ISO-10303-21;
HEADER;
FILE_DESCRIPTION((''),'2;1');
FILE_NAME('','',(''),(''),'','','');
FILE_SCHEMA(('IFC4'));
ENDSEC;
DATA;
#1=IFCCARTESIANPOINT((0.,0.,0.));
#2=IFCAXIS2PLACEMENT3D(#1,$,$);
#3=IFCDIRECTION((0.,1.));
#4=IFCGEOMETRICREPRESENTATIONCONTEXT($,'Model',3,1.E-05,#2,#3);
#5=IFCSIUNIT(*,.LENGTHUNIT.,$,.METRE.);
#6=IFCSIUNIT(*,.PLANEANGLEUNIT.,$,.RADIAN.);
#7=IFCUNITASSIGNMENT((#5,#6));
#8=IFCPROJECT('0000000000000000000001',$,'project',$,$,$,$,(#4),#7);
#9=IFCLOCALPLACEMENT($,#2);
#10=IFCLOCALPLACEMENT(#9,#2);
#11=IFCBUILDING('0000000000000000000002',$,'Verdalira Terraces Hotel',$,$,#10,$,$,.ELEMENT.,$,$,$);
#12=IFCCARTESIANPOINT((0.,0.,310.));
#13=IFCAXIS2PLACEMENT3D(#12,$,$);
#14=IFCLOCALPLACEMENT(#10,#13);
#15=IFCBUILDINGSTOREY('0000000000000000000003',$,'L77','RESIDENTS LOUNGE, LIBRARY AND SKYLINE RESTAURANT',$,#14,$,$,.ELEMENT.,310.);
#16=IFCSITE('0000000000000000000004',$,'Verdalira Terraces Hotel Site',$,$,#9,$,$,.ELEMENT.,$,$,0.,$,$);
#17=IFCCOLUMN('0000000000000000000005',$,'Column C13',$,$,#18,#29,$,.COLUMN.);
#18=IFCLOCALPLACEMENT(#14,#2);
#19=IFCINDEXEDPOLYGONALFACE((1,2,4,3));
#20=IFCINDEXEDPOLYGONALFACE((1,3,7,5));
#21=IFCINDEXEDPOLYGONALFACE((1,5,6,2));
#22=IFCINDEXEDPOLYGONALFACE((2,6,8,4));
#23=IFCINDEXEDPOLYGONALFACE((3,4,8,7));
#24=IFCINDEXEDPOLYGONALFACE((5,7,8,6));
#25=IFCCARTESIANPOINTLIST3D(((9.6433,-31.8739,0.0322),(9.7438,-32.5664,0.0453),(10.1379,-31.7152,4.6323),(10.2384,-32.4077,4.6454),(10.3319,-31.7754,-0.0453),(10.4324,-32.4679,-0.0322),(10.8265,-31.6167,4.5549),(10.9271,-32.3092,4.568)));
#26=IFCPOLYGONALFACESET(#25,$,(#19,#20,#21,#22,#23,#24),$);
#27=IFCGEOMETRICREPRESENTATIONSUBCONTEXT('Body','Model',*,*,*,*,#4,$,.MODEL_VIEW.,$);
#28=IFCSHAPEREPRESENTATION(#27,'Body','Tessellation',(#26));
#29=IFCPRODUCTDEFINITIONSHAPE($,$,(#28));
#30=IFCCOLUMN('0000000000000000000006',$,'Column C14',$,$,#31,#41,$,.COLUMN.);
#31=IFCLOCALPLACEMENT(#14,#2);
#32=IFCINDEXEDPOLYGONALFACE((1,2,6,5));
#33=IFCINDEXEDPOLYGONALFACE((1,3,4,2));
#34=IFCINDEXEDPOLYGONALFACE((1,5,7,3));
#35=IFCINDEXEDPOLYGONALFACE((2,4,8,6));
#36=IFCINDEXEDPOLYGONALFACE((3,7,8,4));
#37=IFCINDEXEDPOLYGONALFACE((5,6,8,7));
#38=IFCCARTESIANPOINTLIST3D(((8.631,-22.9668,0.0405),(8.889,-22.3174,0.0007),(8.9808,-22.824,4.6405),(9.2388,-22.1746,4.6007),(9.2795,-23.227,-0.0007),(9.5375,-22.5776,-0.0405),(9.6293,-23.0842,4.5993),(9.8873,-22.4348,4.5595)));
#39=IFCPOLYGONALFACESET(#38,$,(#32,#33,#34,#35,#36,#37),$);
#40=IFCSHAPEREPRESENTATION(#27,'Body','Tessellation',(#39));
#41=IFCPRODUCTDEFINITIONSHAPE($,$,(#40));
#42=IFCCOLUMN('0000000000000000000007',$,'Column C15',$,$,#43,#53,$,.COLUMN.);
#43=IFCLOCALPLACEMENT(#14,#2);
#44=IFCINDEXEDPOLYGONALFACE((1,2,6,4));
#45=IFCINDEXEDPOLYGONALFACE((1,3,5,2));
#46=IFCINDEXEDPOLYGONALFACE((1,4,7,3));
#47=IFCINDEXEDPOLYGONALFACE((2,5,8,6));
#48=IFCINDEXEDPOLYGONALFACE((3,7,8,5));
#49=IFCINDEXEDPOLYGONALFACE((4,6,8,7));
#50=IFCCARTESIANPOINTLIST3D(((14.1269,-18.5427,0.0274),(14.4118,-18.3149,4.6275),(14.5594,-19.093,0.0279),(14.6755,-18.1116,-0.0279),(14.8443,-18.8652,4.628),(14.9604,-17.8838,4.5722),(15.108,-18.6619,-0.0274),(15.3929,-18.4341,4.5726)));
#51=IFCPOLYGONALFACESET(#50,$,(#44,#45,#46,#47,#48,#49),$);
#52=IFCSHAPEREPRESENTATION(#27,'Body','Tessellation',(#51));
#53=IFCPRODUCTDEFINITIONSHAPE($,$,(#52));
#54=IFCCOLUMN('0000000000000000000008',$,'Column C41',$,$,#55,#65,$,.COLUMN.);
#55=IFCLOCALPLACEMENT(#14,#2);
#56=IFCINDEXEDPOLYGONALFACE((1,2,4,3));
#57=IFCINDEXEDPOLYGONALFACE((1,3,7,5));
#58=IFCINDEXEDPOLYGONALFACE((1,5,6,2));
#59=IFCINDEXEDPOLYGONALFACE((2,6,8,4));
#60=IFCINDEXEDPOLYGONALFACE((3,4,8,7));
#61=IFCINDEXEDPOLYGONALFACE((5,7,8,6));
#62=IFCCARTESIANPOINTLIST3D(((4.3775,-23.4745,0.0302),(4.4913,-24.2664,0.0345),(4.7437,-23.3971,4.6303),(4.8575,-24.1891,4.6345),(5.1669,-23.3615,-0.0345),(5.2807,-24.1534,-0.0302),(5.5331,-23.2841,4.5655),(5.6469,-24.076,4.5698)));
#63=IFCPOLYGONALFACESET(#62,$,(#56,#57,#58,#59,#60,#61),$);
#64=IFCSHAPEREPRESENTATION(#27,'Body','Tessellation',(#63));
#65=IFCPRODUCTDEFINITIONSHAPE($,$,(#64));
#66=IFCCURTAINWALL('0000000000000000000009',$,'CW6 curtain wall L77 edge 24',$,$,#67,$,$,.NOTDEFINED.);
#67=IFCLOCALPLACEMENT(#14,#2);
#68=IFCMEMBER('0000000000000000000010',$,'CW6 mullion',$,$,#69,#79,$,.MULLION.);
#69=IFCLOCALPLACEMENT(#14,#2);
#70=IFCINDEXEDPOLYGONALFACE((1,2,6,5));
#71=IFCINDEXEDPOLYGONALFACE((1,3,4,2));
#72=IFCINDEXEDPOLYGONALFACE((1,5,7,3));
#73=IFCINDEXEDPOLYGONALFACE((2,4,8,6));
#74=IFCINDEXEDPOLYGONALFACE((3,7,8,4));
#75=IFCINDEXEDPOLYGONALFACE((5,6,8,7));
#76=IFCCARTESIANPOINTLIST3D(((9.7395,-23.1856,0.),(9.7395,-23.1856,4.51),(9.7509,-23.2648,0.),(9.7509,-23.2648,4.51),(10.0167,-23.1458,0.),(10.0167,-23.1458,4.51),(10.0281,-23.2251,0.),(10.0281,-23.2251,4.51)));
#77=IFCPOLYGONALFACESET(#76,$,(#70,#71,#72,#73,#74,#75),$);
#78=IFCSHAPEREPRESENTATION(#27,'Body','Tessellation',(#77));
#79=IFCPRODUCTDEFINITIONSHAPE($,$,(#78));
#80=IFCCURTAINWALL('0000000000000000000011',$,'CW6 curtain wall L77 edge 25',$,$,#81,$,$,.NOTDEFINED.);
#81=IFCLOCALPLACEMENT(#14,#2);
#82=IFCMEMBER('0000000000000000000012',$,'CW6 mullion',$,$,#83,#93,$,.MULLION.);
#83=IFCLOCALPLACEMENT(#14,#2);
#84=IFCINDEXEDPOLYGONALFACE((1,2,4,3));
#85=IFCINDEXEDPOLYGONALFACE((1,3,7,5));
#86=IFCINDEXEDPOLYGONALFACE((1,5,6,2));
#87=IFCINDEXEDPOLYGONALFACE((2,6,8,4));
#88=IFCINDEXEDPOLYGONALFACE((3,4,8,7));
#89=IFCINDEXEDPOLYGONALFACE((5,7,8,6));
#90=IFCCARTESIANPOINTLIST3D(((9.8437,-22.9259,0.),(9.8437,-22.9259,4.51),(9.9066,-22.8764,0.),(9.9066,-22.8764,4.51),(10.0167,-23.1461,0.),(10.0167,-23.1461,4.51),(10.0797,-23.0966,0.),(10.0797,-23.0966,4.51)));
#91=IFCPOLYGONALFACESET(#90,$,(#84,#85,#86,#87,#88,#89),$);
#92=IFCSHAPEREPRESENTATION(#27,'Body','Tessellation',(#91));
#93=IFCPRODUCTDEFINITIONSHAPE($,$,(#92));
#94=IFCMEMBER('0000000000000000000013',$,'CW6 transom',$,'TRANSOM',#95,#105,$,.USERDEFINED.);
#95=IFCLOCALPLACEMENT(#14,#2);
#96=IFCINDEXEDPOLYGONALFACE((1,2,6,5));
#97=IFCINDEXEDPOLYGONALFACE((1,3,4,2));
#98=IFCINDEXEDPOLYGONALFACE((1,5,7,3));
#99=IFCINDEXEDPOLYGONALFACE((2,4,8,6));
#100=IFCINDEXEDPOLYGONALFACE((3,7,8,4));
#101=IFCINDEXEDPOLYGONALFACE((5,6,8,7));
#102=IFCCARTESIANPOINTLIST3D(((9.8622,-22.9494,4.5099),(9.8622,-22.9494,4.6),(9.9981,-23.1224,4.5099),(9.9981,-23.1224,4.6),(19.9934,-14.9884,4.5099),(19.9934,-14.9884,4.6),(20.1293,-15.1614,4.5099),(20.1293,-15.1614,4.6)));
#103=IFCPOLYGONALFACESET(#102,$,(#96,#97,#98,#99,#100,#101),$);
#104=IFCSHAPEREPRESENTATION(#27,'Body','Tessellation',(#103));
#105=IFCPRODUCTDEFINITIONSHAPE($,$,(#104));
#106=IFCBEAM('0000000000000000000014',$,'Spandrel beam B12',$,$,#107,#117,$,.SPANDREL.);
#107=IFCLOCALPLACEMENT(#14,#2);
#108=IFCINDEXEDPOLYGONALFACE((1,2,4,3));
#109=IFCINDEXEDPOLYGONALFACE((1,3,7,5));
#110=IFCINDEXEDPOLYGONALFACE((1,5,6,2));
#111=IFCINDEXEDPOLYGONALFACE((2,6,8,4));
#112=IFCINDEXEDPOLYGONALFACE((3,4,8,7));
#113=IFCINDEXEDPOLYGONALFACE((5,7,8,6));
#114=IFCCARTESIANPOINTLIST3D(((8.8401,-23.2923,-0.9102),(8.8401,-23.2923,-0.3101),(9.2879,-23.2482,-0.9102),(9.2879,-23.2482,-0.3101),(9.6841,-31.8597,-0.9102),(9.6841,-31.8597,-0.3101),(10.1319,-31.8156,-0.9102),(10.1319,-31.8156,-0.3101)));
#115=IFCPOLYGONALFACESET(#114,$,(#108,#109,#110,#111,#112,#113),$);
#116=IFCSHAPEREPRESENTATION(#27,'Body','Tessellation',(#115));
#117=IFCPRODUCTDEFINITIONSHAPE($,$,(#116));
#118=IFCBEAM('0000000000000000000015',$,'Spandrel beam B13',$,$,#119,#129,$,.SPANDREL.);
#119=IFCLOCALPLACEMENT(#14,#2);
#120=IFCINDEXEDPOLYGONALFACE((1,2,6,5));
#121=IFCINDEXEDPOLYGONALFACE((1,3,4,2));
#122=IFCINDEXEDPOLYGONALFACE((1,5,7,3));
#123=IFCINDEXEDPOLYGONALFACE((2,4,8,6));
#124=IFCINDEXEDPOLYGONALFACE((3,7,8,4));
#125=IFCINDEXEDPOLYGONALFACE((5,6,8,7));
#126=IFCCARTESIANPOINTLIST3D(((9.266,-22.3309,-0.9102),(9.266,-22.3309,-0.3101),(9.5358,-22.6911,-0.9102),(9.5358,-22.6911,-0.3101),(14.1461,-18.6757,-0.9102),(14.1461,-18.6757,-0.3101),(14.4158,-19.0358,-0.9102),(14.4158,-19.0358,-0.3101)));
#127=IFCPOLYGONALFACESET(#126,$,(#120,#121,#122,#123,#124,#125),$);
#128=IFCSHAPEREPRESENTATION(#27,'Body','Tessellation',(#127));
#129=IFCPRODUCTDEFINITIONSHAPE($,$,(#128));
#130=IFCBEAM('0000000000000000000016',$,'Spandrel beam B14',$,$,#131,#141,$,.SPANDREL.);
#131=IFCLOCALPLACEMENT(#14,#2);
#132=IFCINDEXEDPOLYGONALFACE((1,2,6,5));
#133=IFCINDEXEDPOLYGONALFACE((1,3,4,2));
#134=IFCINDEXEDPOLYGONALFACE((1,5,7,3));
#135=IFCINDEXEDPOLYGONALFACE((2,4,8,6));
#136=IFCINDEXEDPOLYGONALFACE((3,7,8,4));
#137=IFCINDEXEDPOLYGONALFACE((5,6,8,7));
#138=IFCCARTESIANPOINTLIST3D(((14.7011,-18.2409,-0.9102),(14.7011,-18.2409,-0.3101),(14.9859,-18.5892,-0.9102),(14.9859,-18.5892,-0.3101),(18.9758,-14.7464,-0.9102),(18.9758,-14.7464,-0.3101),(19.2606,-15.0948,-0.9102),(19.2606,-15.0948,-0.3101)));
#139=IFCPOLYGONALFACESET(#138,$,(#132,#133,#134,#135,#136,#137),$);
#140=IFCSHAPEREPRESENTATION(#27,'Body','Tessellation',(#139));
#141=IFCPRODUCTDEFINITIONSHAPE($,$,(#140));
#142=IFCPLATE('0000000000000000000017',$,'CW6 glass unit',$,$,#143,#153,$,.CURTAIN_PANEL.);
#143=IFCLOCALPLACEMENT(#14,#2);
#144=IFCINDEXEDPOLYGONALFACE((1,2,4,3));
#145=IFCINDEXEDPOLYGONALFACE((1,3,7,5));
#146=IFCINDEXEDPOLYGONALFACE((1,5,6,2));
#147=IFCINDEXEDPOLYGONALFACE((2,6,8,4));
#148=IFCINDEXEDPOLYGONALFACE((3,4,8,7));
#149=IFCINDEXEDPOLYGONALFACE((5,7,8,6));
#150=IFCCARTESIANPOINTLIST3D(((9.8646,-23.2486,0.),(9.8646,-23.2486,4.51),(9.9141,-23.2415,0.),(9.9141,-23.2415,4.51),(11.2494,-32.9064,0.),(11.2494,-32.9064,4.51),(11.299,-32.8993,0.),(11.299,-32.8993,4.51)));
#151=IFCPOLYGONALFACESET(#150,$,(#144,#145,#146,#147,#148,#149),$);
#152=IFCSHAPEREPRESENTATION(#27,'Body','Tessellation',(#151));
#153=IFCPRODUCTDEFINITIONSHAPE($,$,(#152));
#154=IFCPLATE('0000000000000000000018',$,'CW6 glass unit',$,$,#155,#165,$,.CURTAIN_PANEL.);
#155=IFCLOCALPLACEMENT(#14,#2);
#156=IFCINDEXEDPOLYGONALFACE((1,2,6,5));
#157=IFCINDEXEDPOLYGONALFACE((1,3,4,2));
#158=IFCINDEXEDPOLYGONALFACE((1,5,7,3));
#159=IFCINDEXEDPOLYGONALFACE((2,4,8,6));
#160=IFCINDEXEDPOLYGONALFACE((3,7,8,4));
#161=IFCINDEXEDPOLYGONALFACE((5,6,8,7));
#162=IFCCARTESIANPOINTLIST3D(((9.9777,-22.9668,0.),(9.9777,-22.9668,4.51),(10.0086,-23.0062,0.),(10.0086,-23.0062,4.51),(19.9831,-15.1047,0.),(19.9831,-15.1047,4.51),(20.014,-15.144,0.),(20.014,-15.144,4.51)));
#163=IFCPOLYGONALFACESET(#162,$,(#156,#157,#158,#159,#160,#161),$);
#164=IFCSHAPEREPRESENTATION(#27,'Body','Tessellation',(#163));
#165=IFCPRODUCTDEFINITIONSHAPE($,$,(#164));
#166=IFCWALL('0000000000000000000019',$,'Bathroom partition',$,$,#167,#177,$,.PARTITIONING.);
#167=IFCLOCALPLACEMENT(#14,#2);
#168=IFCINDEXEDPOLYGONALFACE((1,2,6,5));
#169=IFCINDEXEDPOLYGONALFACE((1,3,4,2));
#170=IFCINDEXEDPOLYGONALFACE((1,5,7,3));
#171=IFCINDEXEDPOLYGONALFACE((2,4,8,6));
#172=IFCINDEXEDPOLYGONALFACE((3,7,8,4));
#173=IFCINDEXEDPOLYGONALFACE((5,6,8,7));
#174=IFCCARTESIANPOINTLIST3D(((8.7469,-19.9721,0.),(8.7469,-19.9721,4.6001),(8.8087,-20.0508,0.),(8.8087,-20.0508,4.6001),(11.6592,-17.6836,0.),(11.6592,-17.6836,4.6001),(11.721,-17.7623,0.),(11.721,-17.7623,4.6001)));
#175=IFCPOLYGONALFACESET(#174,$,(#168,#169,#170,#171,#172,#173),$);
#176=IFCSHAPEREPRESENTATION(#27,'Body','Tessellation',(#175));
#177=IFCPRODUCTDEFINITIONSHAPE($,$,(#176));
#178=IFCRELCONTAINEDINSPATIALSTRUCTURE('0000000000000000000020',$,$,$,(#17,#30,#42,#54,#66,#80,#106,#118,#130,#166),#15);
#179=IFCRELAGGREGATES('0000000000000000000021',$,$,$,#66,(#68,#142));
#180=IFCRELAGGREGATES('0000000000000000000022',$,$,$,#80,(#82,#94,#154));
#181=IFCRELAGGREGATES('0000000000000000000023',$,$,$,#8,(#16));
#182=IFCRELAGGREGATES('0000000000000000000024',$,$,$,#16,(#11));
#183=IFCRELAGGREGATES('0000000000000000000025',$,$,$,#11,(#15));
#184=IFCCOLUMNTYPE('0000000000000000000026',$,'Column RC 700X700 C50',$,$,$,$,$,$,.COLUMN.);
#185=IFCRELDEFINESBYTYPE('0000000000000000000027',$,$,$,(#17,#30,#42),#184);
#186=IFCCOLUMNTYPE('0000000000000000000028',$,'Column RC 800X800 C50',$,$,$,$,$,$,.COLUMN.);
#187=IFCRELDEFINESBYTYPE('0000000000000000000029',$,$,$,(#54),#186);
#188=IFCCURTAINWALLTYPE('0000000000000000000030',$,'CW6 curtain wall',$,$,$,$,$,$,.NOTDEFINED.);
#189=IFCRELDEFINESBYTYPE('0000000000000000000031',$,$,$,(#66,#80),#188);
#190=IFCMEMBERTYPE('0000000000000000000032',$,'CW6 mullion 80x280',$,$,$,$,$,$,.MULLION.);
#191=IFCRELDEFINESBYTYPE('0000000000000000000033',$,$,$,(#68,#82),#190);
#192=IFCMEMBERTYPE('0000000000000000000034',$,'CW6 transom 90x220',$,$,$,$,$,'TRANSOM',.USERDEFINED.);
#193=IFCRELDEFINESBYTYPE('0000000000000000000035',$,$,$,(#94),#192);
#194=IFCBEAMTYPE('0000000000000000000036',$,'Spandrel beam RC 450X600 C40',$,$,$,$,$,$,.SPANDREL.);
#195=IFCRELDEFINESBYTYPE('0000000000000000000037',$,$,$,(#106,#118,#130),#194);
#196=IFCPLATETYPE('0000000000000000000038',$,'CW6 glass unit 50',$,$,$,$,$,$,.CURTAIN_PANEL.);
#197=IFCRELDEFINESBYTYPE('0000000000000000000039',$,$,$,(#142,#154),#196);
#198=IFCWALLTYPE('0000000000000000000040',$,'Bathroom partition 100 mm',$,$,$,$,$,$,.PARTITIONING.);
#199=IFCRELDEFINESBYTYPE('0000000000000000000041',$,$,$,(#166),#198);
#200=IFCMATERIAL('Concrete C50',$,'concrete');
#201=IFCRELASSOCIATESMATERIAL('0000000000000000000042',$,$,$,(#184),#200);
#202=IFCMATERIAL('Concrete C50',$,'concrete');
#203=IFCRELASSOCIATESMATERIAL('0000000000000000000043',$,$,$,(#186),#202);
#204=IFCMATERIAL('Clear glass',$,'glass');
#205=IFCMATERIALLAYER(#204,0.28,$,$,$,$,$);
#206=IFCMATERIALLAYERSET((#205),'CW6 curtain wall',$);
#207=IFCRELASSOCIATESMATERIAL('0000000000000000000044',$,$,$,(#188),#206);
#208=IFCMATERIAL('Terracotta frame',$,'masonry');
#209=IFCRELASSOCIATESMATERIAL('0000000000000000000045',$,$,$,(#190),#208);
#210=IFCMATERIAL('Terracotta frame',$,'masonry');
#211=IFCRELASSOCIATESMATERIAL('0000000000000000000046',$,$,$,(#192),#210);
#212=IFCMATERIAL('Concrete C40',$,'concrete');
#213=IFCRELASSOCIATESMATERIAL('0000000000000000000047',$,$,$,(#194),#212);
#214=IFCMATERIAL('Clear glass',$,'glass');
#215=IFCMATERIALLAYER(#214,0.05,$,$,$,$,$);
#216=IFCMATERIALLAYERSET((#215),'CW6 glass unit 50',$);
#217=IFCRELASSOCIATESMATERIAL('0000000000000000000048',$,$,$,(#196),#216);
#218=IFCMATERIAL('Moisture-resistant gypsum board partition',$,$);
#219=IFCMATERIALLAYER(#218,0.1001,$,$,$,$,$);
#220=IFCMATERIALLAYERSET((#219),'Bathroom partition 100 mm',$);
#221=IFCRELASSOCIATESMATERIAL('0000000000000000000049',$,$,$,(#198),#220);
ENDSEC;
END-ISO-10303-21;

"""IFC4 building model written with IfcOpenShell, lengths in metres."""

from ifc_helpers import new_model, si_unit, direction, frame, frame_2d, origin, origin_2d, place, context, subcontext, project, spatial, rectangle, extrude, material, layer, layer_set, material_profile, profile_set, type_object, element, aggregate, save


model = new_model("IFC4")

# Units and contexts
model_context = context("Model", 3, precision=1e-05, world=origin(), true_north=direction((0.0, 1.0)))
body_context = subcontext(model_context, "Body", "Model", "MODEL_VIEW")
ifc_project = project(units=[si_unit("LENGTHUNIT", "METRE"), si_unit("PLANEANGLEUNIT", "RADIAN")], contexts=[model_context])

# Site, building, storey
site_placement = place(None, origin())
site = spatial("IfcSite", under=ifc_project, at=site_placement, Name="Verdalira Terraces Hotel Site", CompositionType="ELEMENT", RefElevation=0.0)
building_placement = place(site_placement, origin())
building = spatial("IfcBuilding", under=site, at=building_placement, Name="Verdalira Terraces Hotel", CompositionType="ELEMENT")
storey_placement = place(building_placement, frame((0.0, 0.0, 310.0)))
storey = spatial("IfcBuildingStorey", under=building, at=storey_placement, Name="L77", Description="RESIDENTS LOUNGE, LIBRARY AND SKYLINE RESTAURANT", CompositionType="ELEMENT", Elevation=310.0)

# Columns
ifc_material_1 = material(Name="Concrete C50", Category="concrete")
ifc_material_profile_1 = material_profile(ifc_material_1, rectangle(XDim=0.7, YDim=0.7, at=origin_2d()), Name="RC 700X700")
ifc_profile_set_1 = profile_set([ifc_material_profile_1], Name="Concrete C50")
column_type_1 = type_object("IfcColumnType", Name="Column RC 700X700 C50", PredefinedType="COLUMN", material=ifc_profile_set_1)
column_1_placement = place(storey_placement, frame((10.0378, -32.1709, 0.0), z_axis=(0.106847, 0.03428, 0.993684), x_axis=(-0.143609, 0.989458, -0.018692)))
element("IfcColumn", 1, at=column_1_placement, inside=storey, type_object=column_type_1, Name="Column C13", PredefinedType="COLUMN", context=body_context, shape_type="SweptSolid", body=[
    extrude(rectangle(XDim=0.7, YDim=0.7, at=origin_2d()), origin(), (0.0, 0.0, 1.0), 4.6294),
])
column_2_placement = place(storey_placement, frame((9.0842, -22.7722, 0.0), z_axis=(0.075798, 0.030943, 0.996643), x_axis=(-0.368637, -0.927834, 0.056843)))
element("IfcColumn", 2, at=column_2_placement, inside=storey, type_object=column_type_1, Name="Column C14", PredefinedType="COLUMN", context=body_context, shape_type="SweptSolid", body=[
    extrude(rectangle(XDim=0.7, YDim=0.7, at=origin_2d()), origin(), (0.0, 0.0, 1.0), 4.6155),
])
column_3_placement = place(storey_placement, frame((14.6174, -18.6023, 0.0), z_axis=(0.061742, 0.049362, 0.996871), x_axis=(0.783841, 0.61591, -0.079046)))
element("IfcColumn", 3, at=column_3_placement, inside=storey, type_object=column_type_1, Name="Column C15", PredefinedType="COLUMN", context=body_context, shape_type="SweptSolid", body=[
    extrude(rectangle(XDim=0.7, YDim=0.7, at=origin_2d()), origin(), (0.0, 0.0, 1.0), 4.6145),
])
ifc_material_2 = material(Name="Concrete C50", Category="concrete")
ifc_material_profile_2 = material_profile(ifc_material_2, rectangle(XDim=0.8, YDim=0.8, at=origin_2d()), Name="RC 800X800")
ifc_profile_set_2 = profile_set([ifc_material_profile_2], Name="Concrete C50")
column_type_2 = type_object("IfcColumnType", Name="Column RC 800X800 C50", PredefinedType="COLUMN", material=ifc_profile_set_2)
column_4_placement = place(storey_placement, frame((4.8291, -23.814, 0.0), z_axis=(0.079347, 0.016769, 0.996706), x_axis=(0.14219, -0.989825, 0.005333)))
element("IfcColumn", 4, at=column_4_placement, inside=storey, type_object=column_type_2, Name="Column C41", PredefinedType="COLUMN", context=body_context, shape_type="SweptSolid", body=[
    extrude(rectangle(XDim=0.8, YDim=0.8, at=origin_2d()), origin(), (0.0, 0.0, 1.0), 4.6152),
])

# Curtain wall, member
ifc_material_3 = material(Name="Clear glass", Category="glass")
ifc_layer_1 = layer(ifc_material_3, 0.28)
ifc_layer_set_1 = layer_set([ifc_layer_1], Name="CW6 curtain wall")
curtain_wall_type = type_object("IfcCurtainWallType", Name="CW6 curtain wall", PredefinedType="NOTDEFINED", material=ifc_layer_set_1)
curtain_wall_1_placement = place(storey_placement, origin())
curtain_wall_1 = element("IfcCurtainWall", 5, at=curtain_wall_1_placement, inside=storey, type_object=curtain_wall_type, Name="CW6 curtain wall L77 edge 24", PredefinedType="NOTDEFINED")
ifc_material_4 = material(Name="Terracotta frame", Category="masonry")
ifc_material_profile_3 = material_profile(ifc_material_4, rectangle(XDim=0.0801, YDim=0.28, at=origin_2d()), Name="MU 80x280")
ifc_profile_set_3 = profile_set([ifc_material_profile_3], Name="Terracotta frame")
member_type_1 = type_object("IfcMemberType", Name="CW6 mullion 80x280", PredefinedType="MULLION", material=ifc_profile_set_3)
member_1_placement = place(storey_placement, frame((9.8838, -23.2053, 0.0), z_axis=(0.0, 0.0, 1.0), x_axis=(-0.141938, 0.989876, 0.0)))
member_1 = element("IfcMember", 6, at=member_1_placement, type_object=member_type_1, Name="CW6 mullion", PredefinedType="MULLION", context=body_context, shape_type="SweptSolid", body=[
    extrude(rectangle(XDim=0.0801, YDim=0.28, at=origin_2d()), origin(), (0.0, 0.0, 1.0), 4.51),
])

# Curtain wall, members
curtain_wall_2_placement = place(storey_placement, origin())
curtain_wall_2 = element("IfcCurtainWall", 7, at=curtain_wall_2_placement, inside=storey, type_object=curtain_wall_type, Name="CW6 curtain wall L77 edge 25", PredefinedType="NOTDEFINED")
member_2_placement = place(storey_placement, frame((9.9617, -23.0112, 0.0), z_axis=(0.0, 0.0, 1.0), x_axis=(0.786288, 0.61786, 0.0)))
member_2 = element("IfcMember", 8, at=member_2_placement, type_object=member_type_1, Name="CW6 mullion", PredefinedType="MULLION", context=body_context, shape_type="SweptSolid", body=[
    extrude(rectangle(XDim=0.0801, YDim=0.28, at=origin_2d()), origin(), (0.0, 0.0, 1.0), 4.51),
])
ifc_material_5 = material(Name="Terracotta frame", Category="masonry")
ifc_material_profile_4 = material_profile(ifc_material_5, rectangle(XDim=0.22, YDim=0.0901, at=origin_2d()), Name="TR 90x220")
ifc_profile_set_4 = profile_set([ifc_material_profile_4], Name="Terracotta frame")
member_type_2 = type_object("IfcMemberType", Name="CW6 transom 90x220", ElementType="TRANSOM", PredefinedType="USERDEFINED", material=ifc_profile_set_4)
member_3_placement = place(storey_placement, frame((9.9302, -23.0359, 4.5549), z_axis=(0.786289, 0.617859, 0.0), x_axis=(-0.617859, 0.786289, 0.0)))
member_3 = element("IfcMember", 9, at=member_3_placement, type_object=member_type_2, Name="CW6 transom", ObjectType="TRANSOM", PredefinedType="USERDEFINED", context=body_context, shape_type="SweptSolid", body=[
    extrude(rectangle(XDim=0.22, YDim=0.0901, at=origin_2d()), origin(), (0.0, 0.0, 1.0), 12.8848),
])

# Beams
ifc_material_6 = material(Name="Concrete C40", Category="concrete")
ifc_material_profile_5 = material_profile(ifc_material_6, rectangle(XDim=0.45, YDim=0.6001, at=origin_2d()), Name="RC 450X600")
ifc_profile_set_5 = profile_set([ifc_material_profile_5], Name="Concrete C40")
beam_type = type_object("IfcBeamType", Name="Spandrel beam RC 450X600 C40", PredefinedType="SPANDREL", material=ifc_profile_set_5)
beam_1_placement = place(storey_placement, frame((9.908, -31.8376, -0.6101), z_axis=(-0.098038, 0.995183, 0.0), x_axis=(-0.995183, -0.098038, 0.0)))
element("IfcBeam", 10, at=beam_1_placement, inside=storey, type_object=beam_type, Name="Spandrel beam B12", PredefinedType="SPANDREL", context=body_context, shape_type="SweptSolid", body=[
    extrude(rectangle(XDim=0.45, YDim=0.6001, at=origin_2d()), origin(), (0.0, 0.0, 1.0), 8.6089),
])
beam_2_placement = place(storey_placement, frame((9.4009, -22.511, -0.6101), z_axis=(0.800379, 0.599494, 0.0), x_axis=(-0.599494, 0.800379, 0.0)))
element("IfcBeam", 11, at=beam_2_placement, inside=storey, type_object=beam_type, Name="Spandrel beam B13", PredefinedType="SPANDREL", context=body_context, shape_type="SweptSolid", body=[
    extrude(rectangle(XDim=0.45, YDim=0.6001, at=origin_2d()), origin(), (0.0, 0.0, 1.0), 6.0972),
])
beam_3_placement = place(storey_placement, frame((14.8435, -18.415, -0.6101), z_axis=(0.774229, 0.632905, 0.0), x_axis=(-0.632905, 0.774229, 0.0)))
element("IfcBeam", 12, at=beam_3_placement, inside=storey, type_object=beam_type, Name="Spandrel beam B14", PredefinedType="SPANDREL", context=body_context, shape_type="SweptSolid", body=[
    extrude(rectangle(XDim=0.45, YDim=0.6001, at=origin_2d()), origin(), (0.0, 0.0, 1.0), 5.5212),
])

# Plates
ifc_material_7 = material(Name="Clear glass", Category="glass")
ifc_layer_2 = layer(ifc_material_7, 0.05)
ifc_layer_set_2 = layer_set([ifc_layer_2], Name="CW6 glass unit 50")
plate_type = type_object("IfcPlateType", Name="CW6 glass unit 50", PredefinedType="CURTAIN_PANEL", material=ifc_layer_set_2)
plate_1_placement = place(storey_placement, frame((10.5818, -28.074, 0.0), z_axis=(0.0, 0.0, 1.0), x_axis=(-0.141938, 0.989876, 0.0)))
plate_1 = element("IfcPlate", 13, at=plate_1_placement, type_object=plate_type, Name="CW6 glass unit", PredefinedType="CURTAIN_PANEL", context=body_context, shape_type="SweptSolid", body=[
    extrude(rectangle(XDim=9.7566, YDim=0.05, at=origin_2d()), origin(), (0.0, 0.0, 1.0), 4.51),
])
aggregate(curtain_wall_1, [member_1, plate_1])
plate_2_placement = place(storey_placement, frame((14.9959, -19.0554, 0.0), z_axis=(0.0, 0.0, 1.0), x_axis=(0.786288, 0.61786, 0.0)))
plate_2 = element("IfcPlate", 14, at=plate_2_placement, type_object=plate_type, Name="CW6 glass unit", PredefinedType="CURTAIN_PANEL", context=body_context, shape_type="SweptSolid", body=[
    extrude(rectangle(XDim=12.7249, YDim=0.05, at=origin_2d()), origin(), (0.0, 0.0, 1.0), 4.51),
])
aggregate(curtain_wall_2, [member_2, member_3, plate_2])

# Wall
ifc_material_8 = material(Name="Moisture-resistant gypsum board partition")
ifc_layer_3 = layer(ifc_material_8, 0.1001)
ifc_layer_set_3 = layer_set([ifc_layer_3], Name="Bathroom partition 100 mm")
wall_type_1 = type_object("IfcWallType", Name="Bathroom partition 100 mm", PredefinedType="PARTITIONING", material=ifc_layer_set_3)
wall_1_placement = place(storey_placement, frame((11.6902, -17.7229, 0.0), z_axis=(0.0, 0.0, 1.0), x_axis=(-0.786279, -0.617871, 0.0)))
element("IfcWall", 15, at=wall_1_placement, inside=storey, type_object=wall_type_1, Name="Bathroom partition", PredefinedType="PARTITIONING", context=body_context, shape_type="SweptSolid", body=[
    extrude(rectangle(XDim=3.7039, YDim=0.1001, at=frame_2d((1.8521, 0.0))), origin(), (0.0, 0.0, 1.0), 4.6001),
])

save(model, "model.ifc")
